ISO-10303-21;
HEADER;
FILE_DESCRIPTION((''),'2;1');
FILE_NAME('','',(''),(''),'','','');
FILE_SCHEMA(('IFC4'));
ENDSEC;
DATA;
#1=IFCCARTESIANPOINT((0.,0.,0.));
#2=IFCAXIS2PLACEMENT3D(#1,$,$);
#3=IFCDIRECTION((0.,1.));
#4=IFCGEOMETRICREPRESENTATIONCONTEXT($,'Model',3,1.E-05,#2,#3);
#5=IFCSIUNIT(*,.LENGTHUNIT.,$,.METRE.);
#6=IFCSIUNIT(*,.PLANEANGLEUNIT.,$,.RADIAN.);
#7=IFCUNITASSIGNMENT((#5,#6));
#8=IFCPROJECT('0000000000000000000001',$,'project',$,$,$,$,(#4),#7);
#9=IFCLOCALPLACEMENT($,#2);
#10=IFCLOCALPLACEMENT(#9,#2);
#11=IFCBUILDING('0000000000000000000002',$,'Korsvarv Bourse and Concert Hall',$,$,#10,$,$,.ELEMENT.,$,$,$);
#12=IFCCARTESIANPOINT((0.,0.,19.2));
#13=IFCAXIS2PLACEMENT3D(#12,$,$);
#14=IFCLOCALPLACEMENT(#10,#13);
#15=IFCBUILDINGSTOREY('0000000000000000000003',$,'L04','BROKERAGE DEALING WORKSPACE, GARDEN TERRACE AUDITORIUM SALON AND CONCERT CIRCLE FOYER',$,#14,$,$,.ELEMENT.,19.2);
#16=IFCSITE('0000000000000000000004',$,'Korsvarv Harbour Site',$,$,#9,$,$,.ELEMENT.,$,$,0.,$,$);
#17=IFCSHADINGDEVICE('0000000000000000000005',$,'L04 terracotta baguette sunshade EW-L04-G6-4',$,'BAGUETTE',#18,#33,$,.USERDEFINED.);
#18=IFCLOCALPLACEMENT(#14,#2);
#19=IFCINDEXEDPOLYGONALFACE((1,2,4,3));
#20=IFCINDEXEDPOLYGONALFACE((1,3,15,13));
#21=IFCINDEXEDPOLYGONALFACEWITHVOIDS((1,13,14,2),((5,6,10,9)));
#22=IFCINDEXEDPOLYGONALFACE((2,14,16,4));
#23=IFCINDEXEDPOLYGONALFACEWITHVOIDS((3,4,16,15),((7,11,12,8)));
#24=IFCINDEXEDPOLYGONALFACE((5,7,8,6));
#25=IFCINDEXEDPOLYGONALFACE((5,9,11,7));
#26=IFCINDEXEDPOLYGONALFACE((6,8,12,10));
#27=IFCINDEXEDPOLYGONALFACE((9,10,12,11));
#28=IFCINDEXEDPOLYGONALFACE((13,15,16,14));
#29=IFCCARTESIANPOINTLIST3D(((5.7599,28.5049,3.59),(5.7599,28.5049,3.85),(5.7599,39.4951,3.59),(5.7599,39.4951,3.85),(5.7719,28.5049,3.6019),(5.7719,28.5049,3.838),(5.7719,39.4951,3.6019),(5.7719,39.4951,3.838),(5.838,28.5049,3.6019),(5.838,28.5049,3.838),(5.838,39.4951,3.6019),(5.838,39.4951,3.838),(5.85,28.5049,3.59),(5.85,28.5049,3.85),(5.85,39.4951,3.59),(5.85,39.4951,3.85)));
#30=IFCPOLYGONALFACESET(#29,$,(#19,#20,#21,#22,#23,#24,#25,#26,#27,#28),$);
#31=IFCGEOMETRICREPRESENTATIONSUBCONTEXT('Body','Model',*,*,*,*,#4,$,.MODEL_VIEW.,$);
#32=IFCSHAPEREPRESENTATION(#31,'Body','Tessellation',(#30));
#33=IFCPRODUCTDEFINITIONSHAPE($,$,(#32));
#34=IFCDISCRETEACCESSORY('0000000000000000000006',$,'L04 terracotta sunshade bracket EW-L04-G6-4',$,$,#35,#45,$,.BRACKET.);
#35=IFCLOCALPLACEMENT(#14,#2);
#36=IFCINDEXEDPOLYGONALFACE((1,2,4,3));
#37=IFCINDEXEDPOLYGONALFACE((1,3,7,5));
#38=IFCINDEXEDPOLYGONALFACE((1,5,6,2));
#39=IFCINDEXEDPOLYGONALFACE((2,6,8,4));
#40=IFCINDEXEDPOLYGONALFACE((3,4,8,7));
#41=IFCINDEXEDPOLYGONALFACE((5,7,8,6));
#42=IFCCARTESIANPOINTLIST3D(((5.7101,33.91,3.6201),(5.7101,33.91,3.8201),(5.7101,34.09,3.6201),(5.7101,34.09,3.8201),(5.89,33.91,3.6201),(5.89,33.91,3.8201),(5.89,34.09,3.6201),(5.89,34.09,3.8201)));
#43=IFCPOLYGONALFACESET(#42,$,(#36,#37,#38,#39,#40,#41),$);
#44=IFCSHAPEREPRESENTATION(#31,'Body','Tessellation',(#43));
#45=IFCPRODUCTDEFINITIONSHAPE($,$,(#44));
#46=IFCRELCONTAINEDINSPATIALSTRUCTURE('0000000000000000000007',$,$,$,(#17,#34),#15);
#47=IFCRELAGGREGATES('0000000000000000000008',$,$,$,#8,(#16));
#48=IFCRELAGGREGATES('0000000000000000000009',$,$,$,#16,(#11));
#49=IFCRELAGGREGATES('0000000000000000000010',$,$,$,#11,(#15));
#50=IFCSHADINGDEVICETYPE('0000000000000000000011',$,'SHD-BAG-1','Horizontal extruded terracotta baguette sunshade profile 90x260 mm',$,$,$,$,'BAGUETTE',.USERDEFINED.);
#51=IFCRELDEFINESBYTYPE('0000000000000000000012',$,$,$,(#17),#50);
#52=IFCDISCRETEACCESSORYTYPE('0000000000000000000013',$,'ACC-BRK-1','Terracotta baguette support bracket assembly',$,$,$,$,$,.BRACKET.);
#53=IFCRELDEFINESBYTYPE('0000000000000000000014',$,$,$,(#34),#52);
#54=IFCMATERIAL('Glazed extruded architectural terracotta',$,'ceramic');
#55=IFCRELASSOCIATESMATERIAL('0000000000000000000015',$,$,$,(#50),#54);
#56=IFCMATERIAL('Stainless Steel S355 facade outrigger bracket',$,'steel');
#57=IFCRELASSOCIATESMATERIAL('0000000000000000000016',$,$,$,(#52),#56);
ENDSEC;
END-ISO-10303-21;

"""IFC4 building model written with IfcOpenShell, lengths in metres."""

from ifc_helpers import new_model, si_unit, direction, frame, origin, origin_2d, place, context, subcontext, project, spatial, rectangle, hollow_rectangle, extrude, source, transform, mapped, material, material_profile, profile_set, type_object, element, save


model = new_model("IFC4")

# Units and contexts
model_context = context("Model", 3, precision=1e-05, world=origin(), true_north=direction((0.0, 1.0)))
body_context = subcontext(model_context, "Body", "Model", "MODEL_VIEW")
ifc_project = project(units=[si_unit("LENGTHUNIT", "METRE"), si_unit("PLANEANGLEUNIT", "RADIAN")], contexts=[model_context])

# Site, building, storey
site_placement = place(None, origin())
site = spatial("IfcSite", under=ifc_project, at=site_placement, Name="Korsvarv Harbour Site", CompositionType="ELEMENT", RefElevation=0.0)
building_placement = place(site_placement, origin())
building = spatial("IfcBuilding", under=site, at=building_placement, Name="Korsvarv Bourse and Concert Hall", CompositionType="ELEMENT")
storey_placement = place(building_placement, frame((0.0, 0.0, 19.2)))
storey = spatial("IfcBuildingStorey", under=building, at=storey_placement, Name="L04", Description="BROKERAGE DEALING WORKSPACE, GARDEN TERRACE AUDITORIUM SALON AND CONCERT CIRCLE FOYER", CompositionType="ELEMENT", Elevation=19.2)

# Shading device
ifc_material_1 = material(Name="Glazed extruded architectural terracotta", Category="ceramic")
ifc_material_profile_1 = material_profile(ifc_material_1, hollow_rectangle(XDim=0.0901, YDim=0.26, WallThickness=0.012, at=origin_2d()), Name="TC-BAG 90x260")
ifc_profile_set_1 = profile_set([ifc_material_profile_1], Name="Glazed extruded architectural terracotta")
shading_device_type = type_object("IfcShadingDeviceType", Name="SHD-BAG-1", Description="Horizontal extruded terracotta baguette sunshade profile 90x260 mm", ElementType="BAGUETTE", PredefinedType="USERDEFINED", material=ifc_profile_set_1)
shared_shape_1 = source(origin(), body_context, "Body", "SweptSolid", [
    extrude(hollow_rectangle(XDim=0.0901, YDim=0.26, WallThickness=0.012, at=origin_2d()), origin(), (0.0, 0.0, 1.0), 10.9902),
])
shading_device_placement = place(storey_placement, frame((5.8049, 39.4951, 3.72), z_axis=(0.0, -1.0, 0.0), x_axis=(1.0, 0.0, 0.0)))
element("IfcShadingDevice", 1, at=shading_device_placement, inside=storey, type_object=shading_device_type, Name="L04 terracotta baguette sunshade EW-L04-G6-4", ObjectType="BAGUETTE", PredefinedType="USERDEFINED", context=body_context, shape_type="MappedRepresentation", body=[
    mapped(shared_shape_1, transform((0.0, 0.0, 0.0), scale=1.0)),
])

# Discrete accessory
ifc_material_2 = material(Name="Stainless Steel S355 facade outrigger bracket", Category="steel")
discrete_accessory_type = type_object("IfcDiscreteAccessoryType", Name="ACC-BRK-1", Description="Terracotta baguette support bracket assembly", PredefinedType="BRACKET", material=ifc_material_2)
shared_shape_2 = source(origin(), body_context, "Body", "SweptSolid", [
    extrude(rectangle(XDim=0.1799, YDim=0.1799, at=origin_2d()), origin(), (0.0, 0.0, 1.0), 0.2),
])
discrete_accessory_placement = place(storey_placement, frame((5.8, 34.0, 3.6201), z_axis=(0.0, 0.0, 1.0), x_axis=(0.0, -1.0, 0.0)))
element("IfcDiscreteAccessory", 2, at=discrete_accessory_placement, inside=storey, type_object=discrete_accessory_type, Name="L04 terracotta sunshade bracket EW-L04-G6-4", PredefinedType="BRACKET", context=body_context, shape_type="MappedRepresentation", body=[
    mapped(shared_shape_2, transform((0.0, 0.0, 0.0), scale=1.0)),
])

save(model, "model.ifc")
